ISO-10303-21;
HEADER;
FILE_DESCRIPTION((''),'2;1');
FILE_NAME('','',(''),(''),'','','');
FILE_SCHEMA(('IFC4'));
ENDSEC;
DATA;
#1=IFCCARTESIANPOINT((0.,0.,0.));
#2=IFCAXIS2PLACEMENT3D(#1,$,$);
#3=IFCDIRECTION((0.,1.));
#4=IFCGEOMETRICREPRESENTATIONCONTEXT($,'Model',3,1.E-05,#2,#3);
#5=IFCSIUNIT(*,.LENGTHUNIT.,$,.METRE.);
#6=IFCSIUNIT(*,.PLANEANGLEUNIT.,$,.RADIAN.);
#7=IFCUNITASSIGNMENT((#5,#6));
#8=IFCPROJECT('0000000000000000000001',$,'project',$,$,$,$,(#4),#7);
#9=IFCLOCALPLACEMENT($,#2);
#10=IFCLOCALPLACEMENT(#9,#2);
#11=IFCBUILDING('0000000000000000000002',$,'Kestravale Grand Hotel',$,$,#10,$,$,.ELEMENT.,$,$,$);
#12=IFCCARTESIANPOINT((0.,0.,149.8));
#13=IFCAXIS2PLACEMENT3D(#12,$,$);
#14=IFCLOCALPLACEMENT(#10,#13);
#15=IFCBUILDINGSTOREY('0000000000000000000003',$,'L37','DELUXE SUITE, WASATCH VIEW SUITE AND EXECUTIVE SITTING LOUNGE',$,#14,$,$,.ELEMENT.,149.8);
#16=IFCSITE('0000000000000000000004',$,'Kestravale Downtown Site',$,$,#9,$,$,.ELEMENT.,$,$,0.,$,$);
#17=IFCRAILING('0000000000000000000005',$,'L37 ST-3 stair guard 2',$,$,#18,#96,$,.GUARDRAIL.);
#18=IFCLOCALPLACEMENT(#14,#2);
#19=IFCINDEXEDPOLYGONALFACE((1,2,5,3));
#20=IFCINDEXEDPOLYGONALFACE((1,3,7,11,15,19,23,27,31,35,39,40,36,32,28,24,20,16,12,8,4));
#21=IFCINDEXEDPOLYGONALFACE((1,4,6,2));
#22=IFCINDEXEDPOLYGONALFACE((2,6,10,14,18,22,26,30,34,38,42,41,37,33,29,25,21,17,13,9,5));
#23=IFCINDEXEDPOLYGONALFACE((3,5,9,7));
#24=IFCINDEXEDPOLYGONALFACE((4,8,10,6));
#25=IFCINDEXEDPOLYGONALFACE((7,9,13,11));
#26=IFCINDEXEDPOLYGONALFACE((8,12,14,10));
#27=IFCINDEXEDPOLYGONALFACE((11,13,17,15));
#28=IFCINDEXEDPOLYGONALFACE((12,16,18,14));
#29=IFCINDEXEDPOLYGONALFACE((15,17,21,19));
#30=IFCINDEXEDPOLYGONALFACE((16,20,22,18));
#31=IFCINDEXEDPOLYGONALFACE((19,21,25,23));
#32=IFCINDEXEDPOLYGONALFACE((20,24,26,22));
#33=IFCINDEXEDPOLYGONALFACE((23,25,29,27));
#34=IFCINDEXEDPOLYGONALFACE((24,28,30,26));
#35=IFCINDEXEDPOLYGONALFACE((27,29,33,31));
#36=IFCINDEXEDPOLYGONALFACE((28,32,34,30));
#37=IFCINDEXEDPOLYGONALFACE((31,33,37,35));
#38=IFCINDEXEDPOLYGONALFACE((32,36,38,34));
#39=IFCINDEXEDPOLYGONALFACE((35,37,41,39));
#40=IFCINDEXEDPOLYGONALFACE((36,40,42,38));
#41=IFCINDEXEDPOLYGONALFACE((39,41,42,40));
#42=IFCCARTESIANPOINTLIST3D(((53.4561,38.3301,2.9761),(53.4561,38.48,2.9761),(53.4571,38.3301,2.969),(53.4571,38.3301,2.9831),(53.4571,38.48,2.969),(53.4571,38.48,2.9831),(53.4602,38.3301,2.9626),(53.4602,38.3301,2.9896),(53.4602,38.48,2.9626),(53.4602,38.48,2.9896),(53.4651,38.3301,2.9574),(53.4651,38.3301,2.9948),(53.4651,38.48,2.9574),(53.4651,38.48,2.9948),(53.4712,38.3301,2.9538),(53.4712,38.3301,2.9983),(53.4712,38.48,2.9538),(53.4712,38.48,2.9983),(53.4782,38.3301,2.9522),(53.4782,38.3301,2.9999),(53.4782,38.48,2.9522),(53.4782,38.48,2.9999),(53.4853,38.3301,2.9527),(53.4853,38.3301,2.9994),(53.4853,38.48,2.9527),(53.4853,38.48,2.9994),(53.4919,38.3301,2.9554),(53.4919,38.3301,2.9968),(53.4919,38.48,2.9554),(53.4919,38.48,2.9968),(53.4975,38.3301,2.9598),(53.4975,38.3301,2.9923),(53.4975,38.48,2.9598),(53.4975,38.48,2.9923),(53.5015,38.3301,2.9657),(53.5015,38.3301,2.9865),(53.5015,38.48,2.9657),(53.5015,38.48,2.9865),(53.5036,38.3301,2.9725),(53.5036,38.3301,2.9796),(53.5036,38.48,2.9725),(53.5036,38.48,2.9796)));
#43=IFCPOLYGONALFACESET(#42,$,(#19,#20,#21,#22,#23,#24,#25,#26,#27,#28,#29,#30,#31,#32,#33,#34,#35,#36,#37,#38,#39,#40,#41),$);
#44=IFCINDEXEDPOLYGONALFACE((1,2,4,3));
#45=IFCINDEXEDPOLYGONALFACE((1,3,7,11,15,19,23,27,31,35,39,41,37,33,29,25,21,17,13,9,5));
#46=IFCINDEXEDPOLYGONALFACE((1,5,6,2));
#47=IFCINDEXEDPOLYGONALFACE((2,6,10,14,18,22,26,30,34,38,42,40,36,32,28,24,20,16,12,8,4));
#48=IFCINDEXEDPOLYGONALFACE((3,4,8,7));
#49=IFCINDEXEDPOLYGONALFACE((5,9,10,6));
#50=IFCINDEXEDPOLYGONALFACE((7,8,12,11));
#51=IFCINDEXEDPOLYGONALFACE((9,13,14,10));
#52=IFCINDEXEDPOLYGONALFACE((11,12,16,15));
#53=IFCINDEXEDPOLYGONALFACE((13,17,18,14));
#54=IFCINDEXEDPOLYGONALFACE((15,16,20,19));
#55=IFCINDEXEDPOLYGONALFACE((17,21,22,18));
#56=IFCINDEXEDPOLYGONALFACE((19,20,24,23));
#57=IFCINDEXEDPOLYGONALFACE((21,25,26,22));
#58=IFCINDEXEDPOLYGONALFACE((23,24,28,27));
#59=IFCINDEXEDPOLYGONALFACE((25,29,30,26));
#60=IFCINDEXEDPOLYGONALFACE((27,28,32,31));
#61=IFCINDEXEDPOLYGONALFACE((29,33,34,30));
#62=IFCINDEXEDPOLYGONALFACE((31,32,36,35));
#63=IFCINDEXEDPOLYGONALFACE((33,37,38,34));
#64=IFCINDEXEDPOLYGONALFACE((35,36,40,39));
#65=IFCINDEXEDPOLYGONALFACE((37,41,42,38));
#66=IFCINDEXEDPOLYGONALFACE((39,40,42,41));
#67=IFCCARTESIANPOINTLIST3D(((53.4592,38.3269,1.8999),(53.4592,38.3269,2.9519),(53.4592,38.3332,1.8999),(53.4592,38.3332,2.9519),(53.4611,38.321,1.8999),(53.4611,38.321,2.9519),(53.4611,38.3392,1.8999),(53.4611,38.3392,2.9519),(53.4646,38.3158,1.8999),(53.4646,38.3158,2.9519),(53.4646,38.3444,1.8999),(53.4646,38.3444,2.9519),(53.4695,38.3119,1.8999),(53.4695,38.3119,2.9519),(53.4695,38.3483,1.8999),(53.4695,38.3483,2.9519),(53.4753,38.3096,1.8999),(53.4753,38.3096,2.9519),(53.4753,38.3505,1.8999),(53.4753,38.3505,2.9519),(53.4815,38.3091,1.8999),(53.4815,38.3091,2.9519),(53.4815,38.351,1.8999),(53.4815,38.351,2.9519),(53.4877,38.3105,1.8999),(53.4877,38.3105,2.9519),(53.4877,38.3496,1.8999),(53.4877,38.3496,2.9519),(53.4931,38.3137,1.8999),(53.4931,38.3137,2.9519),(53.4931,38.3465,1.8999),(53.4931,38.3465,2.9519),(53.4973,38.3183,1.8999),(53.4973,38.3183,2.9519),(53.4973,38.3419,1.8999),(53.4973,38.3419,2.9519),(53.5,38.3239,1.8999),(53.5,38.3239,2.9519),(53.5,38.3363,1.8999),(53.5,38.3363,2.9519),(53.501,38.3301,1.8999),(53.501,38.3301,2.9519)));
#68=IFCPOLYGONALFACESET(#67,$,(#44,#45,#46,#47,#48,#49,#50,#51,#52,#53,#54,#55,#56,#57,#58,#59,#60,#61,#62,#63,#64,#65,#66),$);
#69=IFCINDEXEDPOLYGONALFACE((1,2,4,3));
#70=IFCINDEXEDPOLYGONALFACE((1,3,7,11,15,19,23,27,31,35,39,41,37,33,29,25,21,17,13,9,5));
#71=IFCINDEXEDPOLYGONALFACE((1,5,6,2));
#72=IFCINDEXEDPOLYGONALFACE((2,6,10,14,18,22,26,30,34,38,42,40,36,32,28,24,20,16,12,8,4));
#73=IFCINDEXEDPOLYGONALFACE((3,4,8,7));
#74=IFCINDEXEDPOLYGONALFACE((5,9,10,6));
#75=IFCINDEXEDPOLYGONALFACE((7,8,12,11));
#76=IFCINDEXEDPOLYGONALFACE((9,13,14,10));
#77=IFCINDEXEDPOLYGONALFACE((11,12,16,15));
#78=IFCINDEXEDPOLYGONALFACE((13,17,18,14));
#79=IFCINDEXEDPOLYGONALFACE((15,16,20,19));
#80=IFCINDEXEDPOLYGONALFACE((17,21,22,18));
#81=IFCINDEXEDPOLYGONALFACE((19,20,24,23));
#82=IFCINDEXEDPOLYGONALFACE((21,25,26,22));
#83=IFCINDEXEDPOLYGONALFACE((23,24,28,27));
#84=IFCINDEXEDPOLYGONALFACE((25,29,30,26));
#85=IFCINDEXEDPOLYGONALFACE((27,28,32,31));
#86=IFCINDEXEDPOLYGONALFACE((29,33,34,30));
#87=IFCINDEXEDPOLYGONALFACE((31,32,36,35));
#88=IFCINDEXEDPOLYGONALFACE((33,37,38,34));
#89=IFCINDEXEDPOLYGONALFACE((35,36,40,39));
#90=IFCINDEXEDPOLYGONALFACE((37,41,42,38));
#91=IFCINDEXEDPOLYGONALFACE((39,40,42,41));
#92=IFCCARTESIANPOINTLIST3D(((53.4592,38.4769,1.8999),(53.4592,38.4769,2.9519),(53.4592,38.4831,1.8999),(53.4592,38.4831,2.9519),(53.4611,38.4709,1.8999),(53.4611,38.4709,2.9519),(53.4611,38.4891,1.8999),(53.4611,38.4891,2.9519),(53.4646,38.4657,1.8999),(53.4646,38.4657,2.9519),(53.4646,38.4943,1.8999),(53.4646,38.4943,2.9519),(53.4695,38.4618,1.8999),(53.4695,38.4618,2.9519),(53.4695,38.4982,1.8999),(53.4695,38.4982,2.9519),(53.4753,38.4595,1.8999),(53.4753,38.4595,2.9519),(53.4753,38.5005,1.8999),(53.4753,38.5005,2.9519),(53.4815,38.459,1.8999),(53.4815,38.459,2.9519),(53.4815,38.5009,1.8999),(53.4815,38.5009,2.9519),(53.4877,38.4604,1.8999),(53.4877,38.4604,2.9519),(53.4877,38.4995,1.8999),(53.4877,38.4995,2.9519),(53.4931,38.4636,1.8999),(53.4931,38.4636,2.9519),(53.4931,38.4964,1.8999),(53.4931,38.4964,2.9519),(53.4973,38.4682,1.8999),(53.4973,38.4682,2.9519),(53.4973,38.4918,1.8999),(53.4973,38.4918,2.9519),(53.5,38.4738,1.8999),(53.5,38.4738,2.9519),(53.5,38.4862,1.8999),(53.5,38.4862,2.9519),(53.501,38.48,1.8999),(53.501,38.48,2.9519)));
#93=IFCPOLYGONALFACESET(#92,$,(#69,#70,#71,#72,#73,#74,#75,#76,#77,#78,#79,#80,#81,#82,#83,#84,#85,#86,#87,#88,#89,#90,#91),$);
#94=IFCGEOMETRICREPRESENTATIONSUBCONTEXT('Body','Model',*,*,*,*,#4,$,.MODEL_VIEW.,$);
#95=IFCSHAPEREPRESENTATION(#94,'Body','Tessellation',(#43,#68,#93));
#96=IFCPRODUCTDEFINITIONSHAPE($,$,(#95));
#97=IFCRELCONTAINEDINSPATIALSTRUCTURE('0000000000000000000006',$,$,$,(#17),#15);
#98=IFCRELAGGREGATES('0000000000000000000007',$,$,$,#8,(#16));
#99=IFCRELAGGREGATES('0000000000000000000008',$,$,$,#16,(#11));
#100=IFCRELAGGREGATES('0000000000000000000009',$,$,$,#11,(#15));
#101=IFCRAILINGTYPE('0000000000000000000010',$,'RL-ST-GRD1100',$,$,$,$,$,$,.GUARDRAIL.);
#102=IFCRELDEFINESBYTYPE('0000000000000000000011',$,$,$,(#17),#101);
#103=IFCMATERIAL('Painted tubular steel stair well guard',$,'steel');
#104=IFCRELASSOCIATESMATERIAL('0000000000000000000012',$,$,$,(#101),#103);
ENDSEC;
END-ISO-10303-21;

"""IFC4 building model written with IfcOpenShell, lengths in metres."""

from ifc_helpers import new_model, si_unit, direction, frame, origin, origin_2d, place, context, subcontext, project, spatial, circle, extrude, material, type_object, element, save


model = new_model("IFC4")

# Units and contexts
model_context = context("Model", 3, precision=1e-05, world=origin(), true_north=direction((0.0, 1.0)))
body_context = subcontext(model_context, "Body", "Model", "MODEL_VIEW")
ifc_project = project(units=[si_unit("LENGTHUNIT", "METRE"), si_unit("PLANEANGLEUNIT", "RADIAN")], contexts=[model_context])

# Site, building, storey
site_placement = place(None, origin())
site = spatial("IfcSite", under=ifc_project, at=site_placement, Name="Kestravale Downtown Site", CompositionType="ELEMENT", RefElevation=0.0)
building_placement = place(site_placement, origin())
building = spatial("IfcBuilding", under=site, at=building_placement, Name="Kestravale Grand Hotel", CompositionType="ELEMENT")
storey_placement = place(building_placement, frame((0.0, 0.0, 149.8)))
storey = spatial("IfcBuildingStorey", under=building, at=storey_placement, Name="L37", Description="DELUXE SUITE, WASATCH VIEW SUITE AND EXECUTIVE SITTING LOUNGE", CompositionType="ELEMENT", Elevation=149.8)

# Railing
ifc_material_1 = material(Name="Painted tubular steel stair well guard", Category="steel")
railing_type_1 = type_object("IfcRailingType", Name="RL-ST-GRD1100", PredefinedType="GUARDRAIL", material=ifc_material_1)
railing_1_placement = place(storey_placement, frame((53.48, 38.3301, 1.8999)))
element("IfcRailing", 1, at=railing_1_placement, inside=storey, type_object=railing_type_1, Name="L37 ST-3 stair guard 2", PredefinedType="GUARDRAIL", context=body_context, shape_type="SweptSolid", body=[
    extrude(circle(Radius=0.0239, at=origin_2d()), frame((0.0, 0.0, 1.0762), z_axis=(0.0, 1.0, 0.0), x_axis=(-1.0, 0.0, 0.0)), (0.0, 0.0, 1.0), 0.1499),
    extrude(circle(Radius=0.021, at=origin_2d()), origin(), (0.0, 0.0, 1.0), 1.052),
    extrude(circle(Radius=0.021, at=origin_2d()), frame((0.0, 0.1499, 0.0)), (0.0, 0.0, 1.0), 1.052),
])

save(model, "model.ifc")
